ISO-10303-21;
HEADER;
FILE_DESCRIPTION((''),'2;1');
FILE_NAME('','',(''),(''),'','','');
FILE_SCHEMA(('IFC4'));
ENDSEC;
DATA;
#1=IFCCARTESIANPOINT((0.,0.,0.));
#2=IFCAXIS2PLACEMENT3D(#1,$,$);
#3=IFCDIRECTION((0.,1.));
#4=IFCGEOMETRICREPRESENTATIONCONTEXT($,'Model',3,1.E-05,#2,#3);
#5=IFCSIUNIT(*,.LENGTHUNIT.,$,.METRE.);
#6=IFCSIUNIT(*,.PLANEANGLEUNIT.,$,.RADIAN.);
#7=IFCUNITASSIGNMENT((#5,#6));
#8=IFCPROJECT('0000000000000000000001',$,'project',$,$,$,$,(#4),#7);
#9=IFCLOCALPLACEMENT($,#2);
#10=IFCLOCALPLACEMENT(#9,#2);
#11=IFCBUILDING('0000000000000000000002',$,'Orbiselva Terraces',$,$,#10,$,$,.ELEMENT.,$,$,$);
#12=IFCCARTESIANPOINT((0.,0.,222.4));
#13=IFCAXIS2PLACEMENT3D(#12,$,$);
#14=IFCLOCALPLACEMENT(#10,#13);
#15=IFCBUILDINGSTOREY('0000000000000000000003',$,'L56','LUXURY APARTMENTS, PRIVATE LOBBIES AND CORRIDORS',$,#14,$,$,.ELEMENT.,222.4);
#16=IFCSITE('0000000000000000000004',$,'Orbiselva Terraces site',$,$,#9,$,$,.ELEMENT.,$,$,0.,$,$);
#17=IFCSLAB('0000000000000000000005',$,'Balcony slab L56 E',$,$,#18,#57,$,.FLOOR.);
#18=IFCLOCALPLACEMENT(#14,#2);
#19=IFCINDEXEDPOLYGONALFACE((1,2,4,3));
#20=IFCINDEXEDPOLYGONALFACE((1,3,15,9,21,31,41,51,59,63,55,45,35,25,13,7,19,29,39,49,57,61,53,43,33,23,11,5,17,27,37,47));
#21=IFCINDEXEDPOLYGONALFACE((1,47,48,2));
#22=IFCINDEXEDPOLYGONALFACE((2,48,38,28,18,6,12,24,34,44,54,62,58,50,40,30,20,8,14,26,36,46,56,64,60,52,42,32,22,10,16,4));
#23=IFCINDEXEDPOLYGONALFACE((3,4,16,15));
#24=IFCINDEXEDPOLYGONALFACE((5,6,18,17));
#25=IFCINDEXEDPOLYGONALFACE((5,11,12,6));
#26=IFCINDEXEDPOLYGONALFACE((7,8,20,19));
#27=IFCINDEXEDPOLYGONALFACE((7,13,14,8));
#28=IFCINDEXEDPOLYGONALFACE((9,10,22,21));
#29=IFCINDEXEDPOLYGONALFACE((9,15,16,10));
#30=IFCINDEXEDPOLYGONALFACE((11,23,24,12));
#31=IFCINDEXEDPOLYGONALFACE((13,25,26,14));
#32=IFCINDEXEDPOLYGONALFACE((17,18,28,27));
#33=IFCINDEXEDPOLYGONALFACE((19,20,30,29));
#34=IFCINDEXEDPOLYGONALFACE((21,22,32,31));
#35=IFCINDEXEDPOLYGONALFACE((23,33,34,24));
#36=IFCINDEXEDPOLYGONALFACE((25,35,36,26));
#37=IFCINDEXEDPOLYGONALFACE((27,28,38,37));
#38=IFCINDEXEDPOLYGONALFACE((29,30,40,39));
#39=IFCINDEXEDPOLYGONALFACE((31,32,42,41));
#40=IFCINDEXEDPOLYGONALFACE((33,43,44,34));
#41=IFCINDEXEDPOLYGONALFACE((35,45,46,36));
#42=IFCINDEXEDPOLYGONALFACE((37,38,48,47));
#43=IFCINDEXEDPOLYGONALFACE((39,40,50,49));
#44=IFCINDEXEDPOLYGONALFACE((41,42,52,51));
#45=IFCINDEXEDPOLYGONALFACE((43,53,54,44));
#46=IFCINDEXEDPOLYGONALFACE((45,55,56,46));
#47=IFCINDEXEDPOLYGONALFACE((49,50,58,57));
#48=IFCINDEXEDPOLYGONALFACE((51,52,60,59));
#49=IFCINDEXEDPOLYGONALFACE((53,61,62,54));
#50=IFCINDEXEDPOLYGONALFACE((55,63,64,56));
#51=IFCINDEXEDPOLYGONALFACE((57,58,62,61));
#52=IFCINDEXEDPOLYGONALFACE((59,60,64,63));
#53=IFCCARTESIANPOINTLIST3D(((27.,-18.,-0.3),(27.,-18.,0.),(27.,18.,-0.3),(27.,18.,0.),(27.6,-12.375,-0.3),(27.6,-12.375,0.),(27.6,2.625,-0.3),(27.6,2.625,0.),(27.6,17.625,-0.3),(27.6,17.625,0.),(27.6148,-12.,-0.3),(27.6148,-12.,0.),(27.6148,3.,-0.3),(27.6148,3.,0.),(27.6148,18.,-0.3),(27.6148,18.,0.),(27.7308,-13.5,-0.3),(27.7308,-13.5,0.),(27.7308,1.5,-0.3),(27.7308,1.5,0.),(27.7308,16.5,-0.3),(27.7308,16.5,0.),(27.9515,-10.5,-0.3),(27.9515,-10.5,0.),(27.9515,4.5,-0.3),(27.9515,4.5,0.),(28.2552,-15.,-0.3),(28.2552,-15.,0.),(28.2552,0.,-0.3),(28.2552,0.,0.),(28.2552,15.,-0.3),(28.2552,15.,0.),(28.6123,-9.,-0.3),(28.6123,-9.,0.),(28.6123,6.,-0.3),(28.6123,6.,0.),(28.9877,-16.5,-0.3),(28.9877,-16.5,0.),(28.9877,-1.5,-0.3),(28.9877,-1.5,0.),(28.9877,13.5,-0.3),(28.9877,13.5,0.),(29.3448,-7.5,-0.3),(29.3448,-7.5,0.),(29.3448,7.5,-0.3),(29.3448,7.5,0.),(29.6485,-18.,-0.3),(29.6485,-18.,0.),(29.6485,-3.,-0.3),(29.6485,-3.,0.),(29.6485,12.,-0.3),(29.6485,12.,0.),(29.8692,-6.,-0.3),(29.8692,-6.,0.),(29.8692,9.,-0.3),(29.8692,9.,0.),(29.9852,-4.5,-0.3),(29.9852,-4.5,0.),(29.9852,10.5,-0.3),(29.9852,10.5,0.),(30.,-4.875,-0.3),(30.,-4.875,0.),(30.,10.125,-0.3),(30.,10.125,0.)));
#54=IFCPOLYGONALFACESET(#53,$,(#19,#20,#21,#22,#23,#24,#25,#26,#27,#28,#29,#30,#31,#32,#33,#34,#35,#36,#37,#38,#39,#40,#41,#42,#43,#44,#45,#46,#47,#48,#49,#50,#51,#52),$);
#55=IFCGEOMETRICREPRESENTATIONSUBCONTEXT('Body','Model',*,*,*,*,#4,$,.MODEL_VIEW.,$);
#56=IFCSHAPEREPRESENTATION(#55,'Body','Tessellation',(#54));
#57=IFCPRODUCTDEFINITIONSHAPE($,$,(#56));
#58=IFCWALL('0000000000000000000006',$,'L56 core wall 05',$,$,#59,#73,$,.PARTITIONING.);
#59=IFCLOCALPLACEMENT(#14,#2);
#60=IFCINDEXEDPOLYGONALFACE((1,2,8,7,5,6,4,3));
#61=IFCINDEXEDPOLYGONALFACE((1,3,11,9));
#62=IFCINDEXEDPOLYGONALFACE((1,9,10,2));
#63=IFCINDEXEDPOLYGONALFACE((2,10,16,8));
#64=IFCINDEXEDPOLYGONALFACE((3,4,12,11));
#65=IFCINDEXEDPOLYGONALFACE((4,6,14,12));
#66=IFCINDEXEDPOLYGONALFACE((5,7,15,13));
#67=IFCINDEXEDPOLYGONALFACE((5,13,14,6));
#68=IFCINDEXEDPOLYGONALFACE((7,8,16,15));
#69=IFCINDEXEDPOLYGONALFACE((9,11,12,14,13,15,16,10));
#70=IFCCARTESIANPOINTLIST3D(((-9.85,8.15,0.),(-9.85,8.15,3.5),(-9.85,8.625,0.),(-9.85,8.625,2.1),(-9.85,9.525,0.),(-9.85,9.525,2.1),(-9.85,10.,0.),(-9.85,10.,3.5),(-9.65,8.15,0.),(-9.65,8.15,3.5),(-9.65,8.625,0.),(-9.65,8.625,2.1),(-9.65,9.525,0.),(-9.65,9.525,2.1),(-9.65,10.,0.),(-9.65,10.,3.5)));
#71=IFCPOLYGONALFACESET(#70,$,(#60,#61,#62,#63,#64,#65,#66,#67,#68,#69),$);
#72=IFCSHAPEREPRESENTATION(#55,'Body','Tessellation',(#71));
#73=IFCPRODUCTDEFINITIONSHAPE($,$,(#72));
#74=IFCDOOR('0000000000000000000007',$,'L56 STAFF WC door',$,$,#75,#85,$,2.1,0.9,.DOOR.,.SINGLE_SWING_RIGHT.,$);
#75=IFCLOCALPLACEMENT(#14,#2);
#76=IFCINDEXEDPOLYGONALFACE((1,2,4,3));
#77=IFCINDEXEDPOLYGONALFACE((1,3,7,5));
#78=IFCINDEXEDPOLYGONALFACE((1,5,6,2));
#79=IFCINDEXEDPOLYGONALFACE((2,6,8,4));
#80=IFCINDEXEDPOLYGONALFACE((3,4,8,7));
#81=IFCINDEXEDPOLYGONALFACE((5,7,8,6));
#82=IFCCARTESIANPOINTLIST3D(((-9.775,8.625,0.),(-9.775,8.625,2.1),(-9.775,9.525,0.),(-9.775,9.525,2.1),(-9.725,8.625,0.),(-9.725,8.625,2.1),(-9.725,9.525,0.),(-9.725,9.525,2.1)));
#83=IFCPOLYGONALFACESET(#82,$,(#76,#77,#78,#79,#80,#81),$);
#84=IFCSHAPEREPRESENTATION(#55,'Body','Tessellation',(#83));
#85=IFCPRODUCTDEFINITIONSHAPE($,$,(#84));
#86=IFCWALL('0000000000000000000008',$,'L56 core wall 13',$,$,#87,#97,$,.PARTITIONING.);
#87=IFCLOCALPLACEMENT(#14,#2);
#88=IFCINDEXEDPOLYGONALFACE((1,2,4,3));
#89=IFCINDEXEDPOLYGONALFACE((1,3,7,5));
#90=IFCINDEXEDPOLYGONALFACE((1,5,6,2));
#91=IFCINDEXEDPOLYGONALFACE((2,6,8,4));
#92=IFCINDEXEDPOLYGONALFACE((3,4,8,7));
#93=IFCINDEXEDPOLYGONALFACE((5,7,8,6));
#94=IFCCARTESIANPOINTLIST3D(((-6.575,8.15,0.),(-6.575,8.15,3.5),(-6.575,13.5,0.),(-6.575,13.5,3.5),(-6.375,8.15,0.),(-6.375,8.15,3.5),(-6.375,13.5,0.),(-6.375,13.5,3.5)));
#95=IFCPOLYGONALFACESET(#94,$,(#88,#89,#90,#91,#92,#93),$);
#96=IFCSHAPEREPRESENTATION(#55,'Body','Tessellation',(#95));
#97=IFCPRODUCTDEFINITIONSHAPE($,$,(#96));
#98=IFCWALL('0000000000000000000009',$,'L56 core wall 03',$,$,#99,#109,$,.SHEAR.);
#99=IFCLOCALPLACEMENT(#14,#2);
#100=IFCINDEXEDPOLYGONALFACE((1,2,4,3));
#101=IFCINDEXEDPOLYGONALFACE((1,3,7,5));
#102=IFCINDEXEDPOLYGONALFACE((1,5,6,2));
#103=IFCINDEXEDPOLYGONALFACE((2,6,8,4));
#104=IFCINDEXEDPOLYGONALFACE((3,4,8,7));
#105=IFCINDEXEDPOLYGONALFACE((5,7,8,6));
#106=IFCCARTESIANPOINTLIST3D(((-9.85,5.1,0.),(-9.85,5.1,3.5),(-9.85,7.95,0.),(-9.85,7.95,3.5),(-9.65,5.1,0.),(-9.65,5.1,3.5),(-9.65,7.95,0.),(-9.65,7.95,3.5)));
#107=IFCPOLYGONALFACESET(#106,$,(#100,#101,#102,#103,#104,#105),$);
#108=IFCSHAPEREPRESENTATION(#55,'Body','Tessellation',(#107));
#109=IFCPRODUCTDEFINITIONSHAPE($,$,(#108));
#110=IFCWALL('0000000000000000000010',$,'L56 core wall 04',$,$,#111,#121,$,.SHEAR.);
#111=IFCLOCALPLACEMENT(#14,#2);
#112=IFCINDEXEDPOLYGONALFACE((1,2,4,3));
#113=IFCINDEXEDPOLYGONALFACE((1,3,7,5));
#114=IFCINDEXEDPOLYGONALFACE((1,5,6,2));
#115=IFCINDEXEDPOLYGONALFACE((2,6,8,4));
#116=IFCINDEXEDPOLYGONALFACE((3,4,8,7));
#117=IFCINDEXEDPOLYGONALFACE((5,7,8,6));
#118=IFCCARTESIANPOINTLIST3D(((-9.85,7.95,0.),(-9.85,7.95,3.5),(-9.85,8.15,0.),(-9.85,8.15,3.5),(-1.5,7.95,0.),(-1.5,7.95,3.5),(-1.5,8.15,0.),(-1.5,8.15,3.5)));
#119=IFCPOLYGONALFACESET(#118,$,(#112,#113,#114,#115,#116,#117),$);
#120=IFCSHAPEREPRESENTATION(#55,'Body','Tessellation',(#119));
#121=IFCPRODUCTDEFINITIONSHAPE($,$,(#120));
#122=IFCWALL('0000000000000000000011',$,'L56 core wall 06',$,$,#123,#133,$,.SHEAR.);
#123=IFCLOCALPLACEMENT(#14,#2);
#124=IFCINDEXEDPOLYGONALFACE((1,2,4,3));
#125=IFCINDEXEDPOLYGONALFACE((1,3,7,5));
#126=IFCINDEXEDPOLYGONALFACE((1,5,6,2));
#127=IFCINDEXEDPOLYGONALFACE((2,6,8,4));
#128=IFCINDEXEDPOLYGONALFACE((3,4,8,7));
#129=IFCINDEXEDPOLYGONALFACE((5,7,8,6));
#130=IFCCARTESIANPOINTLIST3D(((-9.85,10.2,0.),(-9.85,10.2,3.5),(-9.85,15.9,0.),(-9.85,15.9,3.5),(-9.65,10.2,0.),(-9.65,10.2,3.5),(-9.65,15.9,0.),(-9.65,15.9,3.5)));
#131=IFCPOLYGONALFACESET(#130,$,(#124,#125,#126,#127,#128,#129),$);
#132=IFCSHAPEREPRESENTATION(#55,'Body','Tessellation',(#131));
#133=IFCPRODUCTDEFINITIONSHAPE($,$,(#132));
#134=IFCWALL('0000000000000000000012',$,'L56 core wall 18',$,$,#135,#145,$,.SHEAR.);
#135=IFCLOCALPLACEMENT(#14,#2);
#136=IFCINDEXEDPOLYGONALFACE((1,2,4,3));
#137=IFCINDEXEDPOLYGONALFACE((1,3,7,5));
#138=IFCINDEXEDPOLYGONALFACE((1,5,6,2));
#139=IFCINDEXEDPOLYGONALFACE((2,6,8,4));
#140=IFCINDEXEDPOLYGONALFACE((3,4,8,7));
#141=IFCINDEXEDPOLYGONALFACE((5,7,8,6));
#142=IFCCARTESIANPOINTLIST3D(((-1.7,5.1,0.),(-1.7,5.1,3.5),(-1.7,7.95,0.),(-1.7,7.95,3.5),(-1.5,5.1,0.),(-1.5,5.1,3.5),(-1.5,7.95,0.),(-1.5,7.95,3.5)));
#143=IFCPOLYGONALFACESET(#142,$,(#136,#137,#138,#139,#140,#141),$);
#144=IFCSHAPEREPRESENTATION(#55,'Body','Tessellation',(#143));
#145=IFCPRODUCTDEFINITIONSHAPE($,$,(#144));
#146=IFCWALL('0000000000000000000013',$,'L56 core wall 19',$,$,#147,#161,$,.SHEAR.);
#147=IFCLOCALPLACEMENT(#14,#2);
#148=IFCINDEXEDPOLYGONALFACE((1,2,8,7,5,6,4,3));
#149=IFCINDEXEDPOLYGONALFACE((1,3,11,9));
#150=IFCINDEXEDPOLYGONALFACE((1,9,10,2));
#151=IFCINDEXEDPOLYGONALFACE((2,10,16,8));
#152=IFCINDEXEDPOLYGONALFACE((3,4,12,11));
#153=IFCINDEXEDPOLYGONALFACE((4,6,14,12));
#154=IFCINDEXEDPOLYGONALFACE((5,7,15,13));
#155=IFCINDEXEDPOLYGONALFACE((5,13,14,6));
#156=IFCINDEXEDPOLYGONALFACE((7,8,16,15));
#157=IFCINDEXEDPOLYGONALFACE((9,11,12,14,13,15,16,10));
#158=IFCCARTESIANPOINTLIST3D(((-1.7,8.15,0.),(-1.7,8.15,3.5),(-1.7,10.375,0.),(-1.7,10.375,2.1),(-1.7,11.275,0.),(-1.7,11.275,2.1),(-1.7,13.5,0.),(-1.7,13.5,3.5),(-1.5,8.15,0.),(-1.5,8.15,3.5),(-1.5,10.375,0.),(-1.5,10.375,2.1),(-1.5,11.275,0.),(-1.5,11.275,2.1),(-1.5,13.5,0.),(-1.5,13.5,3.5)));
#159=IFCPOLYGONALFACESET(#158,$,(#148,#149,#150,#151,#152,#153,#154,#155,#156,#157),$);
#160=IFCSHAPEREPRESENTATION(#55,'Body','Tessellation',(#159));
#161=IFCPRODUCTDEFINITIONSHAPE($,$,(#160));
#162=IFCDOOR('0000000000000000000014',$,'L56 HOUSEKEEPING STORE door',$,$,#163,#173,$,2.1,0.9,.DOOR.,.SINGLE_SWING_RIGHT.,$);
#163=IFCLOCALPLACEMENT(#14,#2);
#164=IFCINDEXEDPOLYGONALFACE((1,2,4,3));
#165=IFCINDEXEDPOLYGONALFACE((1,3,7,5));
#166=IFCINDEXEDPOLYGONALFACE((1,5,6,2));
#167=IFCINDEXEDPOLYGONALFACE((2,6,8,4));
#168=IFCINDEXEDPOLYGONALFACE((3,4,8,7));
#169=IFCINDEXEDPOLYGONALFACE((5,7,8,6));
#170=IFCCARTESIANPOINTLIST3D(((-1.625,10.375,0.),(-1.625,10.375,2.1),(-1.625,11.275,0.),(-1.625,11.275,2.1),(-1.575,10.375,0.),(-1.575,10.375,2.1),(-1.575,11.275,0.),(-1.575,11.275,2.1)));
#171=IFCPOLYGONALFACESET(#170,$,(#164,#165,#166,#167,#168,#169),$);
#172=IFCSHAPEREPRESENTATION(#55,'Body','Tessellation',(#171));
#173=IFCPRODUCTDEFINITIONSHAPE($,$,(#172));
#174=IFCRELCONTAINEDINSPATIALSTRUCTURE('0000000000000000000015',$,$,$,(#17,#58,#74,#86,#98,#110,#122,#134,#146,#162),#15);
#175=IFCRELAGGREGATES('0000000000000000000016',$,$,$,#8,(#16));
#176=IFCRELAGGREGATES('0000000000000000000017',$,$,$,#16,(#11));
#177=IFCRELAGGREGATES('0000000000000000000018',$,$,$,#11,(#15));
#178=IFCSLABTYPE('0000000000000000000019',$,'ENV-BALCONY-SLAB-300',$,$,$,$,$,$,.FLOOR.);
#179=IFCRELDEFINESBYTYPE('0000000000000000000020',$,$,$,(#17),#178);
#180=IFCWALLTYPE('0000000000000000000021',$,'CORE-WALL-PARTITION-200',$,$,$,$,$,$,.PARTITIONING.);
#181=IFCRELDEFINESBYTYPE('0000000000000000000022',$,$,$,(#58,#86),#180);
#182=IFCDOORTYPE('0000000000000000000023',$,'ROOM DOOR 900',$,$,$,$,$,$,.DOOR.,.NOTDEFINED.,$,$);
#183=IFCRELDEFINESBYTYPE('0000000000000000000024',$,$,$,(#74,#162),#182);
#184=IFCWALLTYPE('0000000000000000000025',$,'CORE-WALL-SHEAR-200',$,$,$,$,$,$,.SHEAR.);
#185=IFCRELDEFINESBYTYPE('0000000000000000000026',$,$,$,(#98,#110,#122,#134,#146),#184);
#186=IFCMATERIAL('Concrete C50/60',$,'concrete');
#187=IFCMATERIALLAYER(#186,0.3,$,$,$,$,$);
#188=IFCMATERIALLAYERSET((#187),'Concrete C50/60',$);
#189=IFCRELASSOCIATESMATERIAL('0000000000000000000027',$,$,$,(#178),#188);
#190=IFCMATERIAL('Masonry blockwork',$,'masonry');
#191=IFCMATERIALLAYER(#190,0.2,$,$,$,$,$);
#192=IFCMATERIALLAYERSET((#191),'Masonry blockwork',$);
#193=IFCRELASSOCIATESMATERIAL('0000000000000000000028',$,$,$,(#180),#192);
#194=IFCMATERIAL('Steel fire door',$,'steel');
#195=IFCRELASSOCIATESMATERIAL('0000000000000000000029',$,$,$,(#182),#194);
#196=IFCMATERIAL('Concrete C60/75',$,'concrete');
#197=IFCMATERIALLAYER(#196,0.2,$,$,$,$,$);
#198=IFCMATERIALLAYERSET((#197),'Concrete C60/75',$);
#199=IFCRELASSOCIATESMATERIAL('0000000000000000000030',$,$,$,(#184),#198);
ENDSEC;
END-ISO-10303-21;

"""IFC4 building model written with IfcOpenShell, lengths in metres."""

from ifc_helpers import new_model, si_unit, direction, frame, frame_2d, origin, place, context, subcontext, project, spatial, polyline, rectangle, outline, extrude, material, layer, layer_set, type_object, element, fill, save


model = new_model("IFC4")

# Units and contexts
model_context = context("Model", 3, precision=1e-05, world=origin(), true_north=direction((0.0, 1.0)))
body_context = subcontext(model_context, "Body", "Model", "MODEL_VIEW")
ifc_project = project(units=[si_unit("LENGTHUNIT", "METRE"), si_unit("PLANEANGLEUNIT", "RADIAN")], contexts=[model_context])

# Site, building, storey
site_placement = place(None, origin())
site = spatial("IfcSite", under=ifc_project, at=site_placement, Name="Orbiselva Terraces site", CompositionType="ELEMENT", RefElevation=0.0)
building_placement = place(site_placement, origin())
building = spatial("IfcBuilding", under=site, at=building_placement, Name="Orbiselva Terraces", CompositionType="ELEMENT")
storey_placement = place(building_placement, frame((0.0, 0.0, 222.4)))
storey = spatial("IfcBuildingStorey", under=building, at=storey_placement, Name="L56", Description="LUXURY APARTMENTS, PRIVATE LOBBIES AND CORRIDORS", CompositionType="ELEMENT", Elevation=222.4)

# Slab
ifc_material_1 = material(Name="Concrete C50/60", Category="concrete")
ifc_layer_1 = layer(ifc_material_1, 0.3)
ifc_layer_set_1 = layer_set([ifc_layer_1], Name="Concrete C50/60")
slab_type = type_object("IfcSlabType", Name="ENV-BALCONY-SLAB-300", PredefinedType="FLOOR", material=ifc_layer_set_1)
slab_placement = place(storey_placement, frame((0.0, 0.0, -0.3)))
element("IfcSlab", 1, at=slab_placement, inside=storey, type_object=slab_type, Name="Balcony slab L56 E", PredefinedType="FLOOR", context=body_context, shape_type="SweptSolid", body=[
    extrude(outline(polyline([(29.6485, -18.0), (28.9877, -16.5), (28.2552, -15.0), (27.7308, -13.5), (27.6, -12.375), (27.6148, -12.0), (27.9515, -10.5), (28.6123, -9.0), (29.3448, -7.5), (29.8692, -6.0), (30.0, -4.875), (29.9852, -4.5), (29.6485, -3.0), (28.9877, -1.5), (28.2552, 0.0), (27.7308, 1.5), (27.6, 2.625), (27.6148, 3.0), (27.9515, 4.5), (28.6123, 6.0), (29.3448, 7.5), (29.8692, 9.0), (30.0, 10.125), (29.9852, 10.5), (29.6485, 12.0), (28.9877, 13.5), (28.2552, 15.0), (27.7308, 16.5), (27.6, 17.625), (27.6148, 18.0), (27.0, 18.0), (27.0, -18.0), (29.6485, -18.0)])), origin(), (0.0, 0.0, 1.0), 0.3),
])

# Wall, opening, door
ifc_material_2 = material(Name="Masonry blockwork", Category="masonry")
ifc_layer_2 = layer(ifc_material_2, 0.2)
ifc_layer_set_2 = layer_set([ifc_layer_2], Name="Masonry blockwork")
wall_type_1 = type_object("IfcWallType", Name="CORE-WALL-PARTITION-200", PredefinedType="PARTITIONING", material=ifc_layer_set_2)
wall_1_placement = place(storey_placement, frame((-9.75, 8.15, 0.0), z_axis=(0.0, 0.0, 1.0), x_axis=(0.0, 1.0, 0.0)))
wall_1 = element("IfcWall", 2, at=wall_1_placement, inside=storey, type_object=wall_type_1, Name="L56 core wall 05", PredefinedType="PARTITIONING", context=body_context, shape_type="SweptSolid", body=[
    extrude(rectangle(XDim=1.85, YDim=0.2, at=frame_2d((0.925, 0.0))), origin(), (0.0, 0.0, 1.0), 3.5),
])
opening_1_placement = place(wall_1_placement, frame((0.475, 0.0, 0.0)))
opening_1 = element("IfcOpeningElement", 3, at=opening_1_placement, cuts=wall_1, PredefinedType="OPENING", context=body_context, shape_type="SweptSolid", body=[
    extrude(rectangle(XDim=0.9, YDim=2.1, at=frame_2d((0.45, 1.05))), frame((0.0, 0.11, 0.0), z_axis=(0.0, -1.0, 0.0), x_axis=(1.0, 0.0, 0.0)), (0.0, 0.0, 1.0), 0.22),
])
ifc_material_3 = material(Name="Steel fire door", Category="steel")
door_type = type_object("IfcDoorType", Name="ROOM DOOR 900", OperationType="NOTDEFINED", PredefinedType="DOOR", material=ifc_material_3)
door_1_placement = place(opening_1_placement, origin())
door_1 = element("IfcDoor", 4, at=door_1_placement, inside=storey, type_object=door_type, Name="L56 STAFF WC door", OperationType="SINGLE_SWING_RIGHT", OverallHeight=2.1, OverallWidth=0.9, PredefinedType="DOOR", context=body_context, shape_type="SweptSolid", body=[
    extrude(rectangle(XDim=0.9, YDim=2.1, at=frame_2d((0.45, 1.05))), frame((0.0, 0.025, 0.0), z_axis=(0.0, -1.0, 0.0), x_axis=(1.0, 0.0, 0.0)), (0.0, 0.0, 1.0), 0.05),
])
fill(opening_1, door_1)

# Walls
wall_2_placement = place(storey_placement, frame((-6.475, 8.15, 0.0), z_axis=(0.0, 0.0, 1.0), x_axis=(0.0, 1.0, 0.0)))
element("IfcWall", 5, at=wall_2_placement, inside=storey, type_object=wall_type_1, Name="L56 core wall 13", PredefinedType="PARTITIONING", context=body_context, shape_type="SweptSolid", body=[
    extrude(rectangle(XDim=5.35, YDim=0.2, at=frame_2d((2.675, 0.0))), origin(), (0.0, 0.0, 1.0), 3.5),
])
ifc_material_4 = material(Name="Concrete C60/75", Category="concrete")
ifc_layer_3 = layer(ifc_material_4, 0.2)
ifc_layer_set_3 = layer_set([ifc_layer_3], Name="Concrete C60/75")
wall_type_2 = type_object("IfcWallType", Name="CORE-WALL-SHEAR-200", PredefinedType="SHEAR", material=ifc_layer_set_3)
wall_3_placement = place(storey_placement, frame((-9.75, 5.1, 0.0), z_axis=(0.0, 0.0, 1.0), x_axis=(0.0, 1.0, 0.0)))
element("IfcWall", 6, at=wall_3_placement, inside=storey, type_object=wall_type_2, Name="L56 core wall 03", PredefinedType="SHEAR", context=body_context, shape_type="SweptSolid", body=[
    extrude(rectangle(XDim=2.85, YDim=0.2, at=frame_2d((1.425, 0.0))), origin(), (0.0, 0.0, 1.0), 3.5),
])
wall_4_placement = place(storey_placement, frame((-9.85, 8.05, 0.0), z_axis=(0.0, 0.0, 1.0), x_axis=(1.0, 0.0, 0.0)))
element("IfcWall", 7, at=wall_4_placement, inside=storey, type_object=wall_type_2, Name="L56 core wall 04", PredefinedType="SHEAR", context=body_context, shape_type="SweptSolid", body=[
    extrude(rectangle(XDim=8.35, YDim=0.2, at=frame_2d((4.175, 0.0))), origin(), (0.0, 0.0, 1.0), 3.5),
])
wall_5_placement = place(storey_placement, frame((-9.75, 10.2, 0.0), z_axis=(0.0, 0.0, 1.0), x_axis=(0.0, 1.0, 0.0)))
element("IfcWall", 8, at=wall_5_placement, inside=storey, type_object=wall_type_2, Name="L56 core wall 06", PredefinedType="SHEAR", context=body_context, shape_type="SweptSolid", body=[
    extrude(rectangle(XDim=5.7, YDim=0.2, at=frame_2d((2.85, 0.0))), origin(), (0.0, 0.0, 1.0), 3.5),
])
wall_6_placement = place(storey_placement, frame((-1.6, 5.1, 0.0), z_axis=(0.0, 0.0, 1.0), x_axis=(0.0, 1.0, 0.0)))
element("IfcWall", 9, at=wall_6_placement, inside=storey, type_object=wall_type_2, Name="L56 core wall 18", PredefinedType="SHEAR", context=body_context, shape_type="SweptSolid", body=[
    extrude(rectangle(XDim=2.85, YDim=0.2, at=frame_2d((1.425, 0.0))), origin(), (0.0, 0.0, 1.0), 3.5),
])

# Wall, opening, door
wall_7_placement = place(storey_placement, frame((-1.6, 8.15, 0.0), z_axis=(0.0, 0.0, 1.0), x_axis=(0.0, 1.0, 0.0)))
wall_7 = element("IfcWall", 10, at=wall_7_placement, inside=storey, type_object=wall_type_2, Name="L56 core wall 19", PredefinedType="SHEAR", context=body_context, shape_type="SweptSolid", body=[
    extrude(rectangle(XDim=5.35, YDim=0.2, at=frame_2d((2.675, 0.0))), origin(), (0.0, 0.0, 1.0), 3.5),
])
opening_2_placement = place(wall_7_placement, frame((2.225, 0.0, 0.0)))
opening_2 = element("IfcOpeningElement", 11, at=opening_2_placement, cuts=wall_7, PredefinedType="OPENING", context=body_context, shape_type="SweptSolid", body=[
    extrude(rectangle(XDim=0.9, YDim=2.1, at=frame_2d((0.45, 1.05))), frame((0.0, 0.11, 0.0), z_axis=(0.0, -1.0, 0.0), x_axis=(1.0, 0.0, 0.0)), (0.0, 0.0, 1.0), 0.22),
])
door_2_placement = place(opening_2_placement, origin())
door_2 = element("IfcDoor", 12, at=door_2_placement, inside=storey, type_object=door_type, Name="L56 HOUSEKEEPING STORE door", OperationType="SINGLE_SWING_RIGHT", OverallHeight=2.1, OverallWidth=0.9, PredefinedType="DOOR", context=body_context, shape_type="SweptSolid", body=[
    extrude(rectangle(XDim=0.9, YDim=2.1, at=frame_2d((0.45, 1.05))), frame((0.0, 0.025, 0.0), z_axis=(0.0, -1.0, 0.0), x_axis=(1.0, 0.0, 0.0)), (0.0, 0.0, 1.0), 0.05),
])
fill(opening_2, door_2)

save(model, "model.ifc")
